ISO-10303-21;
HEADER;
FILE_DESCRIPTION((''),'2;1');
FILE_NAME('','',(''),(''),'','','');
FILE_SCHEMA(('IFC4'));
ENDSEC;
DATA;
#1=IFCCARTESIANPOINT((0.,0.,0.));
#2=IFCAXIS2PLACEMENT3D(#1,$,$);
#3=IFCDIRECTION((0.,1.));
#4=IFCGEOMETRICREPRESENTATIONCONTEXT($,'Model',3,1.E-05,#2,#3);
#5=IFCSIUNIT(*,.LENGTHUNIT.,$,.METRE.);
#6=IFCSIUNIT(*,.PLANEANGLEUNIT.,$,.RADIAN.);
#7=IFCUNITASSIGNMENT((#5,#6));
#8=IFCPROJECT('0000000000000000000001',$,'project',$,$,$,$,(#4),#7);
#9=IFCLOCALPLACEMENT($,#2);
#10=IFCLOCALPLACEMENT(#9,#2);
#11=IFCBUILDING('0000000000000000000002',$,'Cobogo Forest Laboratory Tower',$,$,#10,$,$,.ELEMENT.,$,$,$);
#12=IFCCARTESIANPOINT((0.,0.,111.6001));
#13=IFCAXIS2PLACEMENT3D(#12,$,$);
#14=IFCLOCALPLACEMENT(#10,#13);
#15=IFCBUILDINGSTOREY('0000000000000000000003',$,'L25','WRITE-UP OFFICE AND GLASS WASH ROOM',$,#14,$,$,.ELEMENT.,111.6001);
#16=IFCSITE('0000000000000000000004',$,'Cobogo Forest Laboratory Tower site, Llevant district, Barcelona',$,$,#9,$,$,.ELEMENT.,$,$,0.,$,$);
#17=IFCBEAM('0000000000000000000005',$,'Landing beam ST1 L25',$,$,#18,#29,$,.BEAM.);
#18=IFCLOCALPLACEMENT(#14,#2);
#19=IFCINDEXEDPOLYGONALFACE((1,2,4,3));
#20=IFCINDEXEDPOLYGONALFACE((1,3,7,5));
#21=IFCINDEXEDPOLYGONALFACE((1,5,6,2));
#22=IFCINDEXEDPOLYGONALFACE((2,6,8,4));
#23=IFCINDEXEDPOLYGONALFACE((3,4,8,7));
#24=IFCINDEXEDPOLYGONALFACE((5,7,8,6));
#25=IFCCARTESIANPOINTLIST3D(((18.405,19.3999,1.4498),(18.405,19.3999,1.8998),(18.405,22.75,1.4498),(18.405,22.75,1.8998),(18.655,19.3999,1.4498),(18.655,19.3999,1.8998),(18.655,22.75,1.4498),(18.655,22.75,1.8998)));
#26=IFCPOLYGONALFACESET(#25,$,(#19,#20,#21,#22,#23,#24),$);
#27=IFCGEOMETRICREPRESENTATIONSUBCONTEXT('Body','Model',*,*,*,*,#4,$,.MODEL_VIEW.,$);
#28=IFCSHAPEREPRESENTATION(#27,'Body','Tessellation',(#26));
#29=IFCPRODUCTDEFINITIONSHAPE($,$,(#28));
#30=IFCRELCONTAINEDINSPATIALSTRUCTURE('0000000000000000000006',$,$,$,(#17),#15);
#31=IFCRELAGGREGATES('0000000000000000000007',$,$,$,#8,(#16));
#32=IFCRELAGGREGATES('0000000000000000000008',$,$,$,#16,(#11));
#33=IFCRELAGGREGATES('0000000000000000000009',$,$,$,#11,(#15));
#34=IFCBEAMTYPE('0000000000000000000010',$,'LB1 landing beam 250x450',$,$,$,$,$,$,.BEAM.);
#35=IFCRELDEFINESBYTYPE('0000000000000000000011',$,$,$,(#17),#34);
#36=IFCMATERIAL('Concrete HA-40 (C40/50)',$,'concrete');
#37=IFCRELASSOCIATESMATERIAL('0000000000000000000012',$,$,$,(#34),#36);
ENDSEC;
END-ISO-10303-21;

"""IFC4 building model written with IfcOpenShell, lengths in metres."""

from ifc_helpers import new_model, si_unit, direction, frame, origin, origin_2d, place, context, subcontext, project, spatial, rectangle, extrude, material, material_profile, profile_set, type_object, element, save


model = new_model("IFC4")

# Units and contexts
model_context = context("Model", 3, precision=1e-05, world=origin(), true_north=direction((0.0, 1.0)))
body_context = subcontext(model_context, "Body", "Model", "MODEL_VIEW")
ifc_project = project(units=[si_unit("LENGTHUNIT", "METRE"), si_unit("PLANEANGLEUNIT", "RADIAN")], contexts=[model_context])

# Site, building, storey
site_placement = place(None, origin())
site = spatial("IfcSite", under=ifc_project, at=site_placement, Name="Cobogo Forest Laboratory Tower site, Llevant district, Barcelona", CompositionType="ELEMENT", RefElevation=0.0)
building_placement = place(site_placement, origin())
building = spatial("IfcBuilding", under=site, at=building_placement, Name="Cobogo Forest Laboratory Tower", CompositionType="ELEMENT")
storey_placement = place(building_placement, frame((0.0, 0.0, 111.6001)))
storey = spatial("IfcBuildingStorey", under=building, at=storey_placement, Name="L25", Description="WRITE-UP OFFICE AND GLASS WASH ROOM", CompositionType="ELEMENT", Elevation=111.6001)

# Beam
ifc_material_1 = material(Name="Concrete HA-40 (C40/50)", Category="concrete")
ifc_material_profile = material_profile(ifc_material_1, rectangle(XDim=0.25, YDim=0.45, at=origin_2d()), Name="RC 250x450")
ifc_profile_set = profile_set([ifc_material_profile], Name="Concrete HA-40 (C40/50)")
beam_type = type_object("IfcBeamType", Name="LB1 landing beam 250x450", PredefinedType="BEAM", material=ifc_profile_set)
beam_placement = place(storey_placement, frame((18.53, 19.3999, 1.6748), z_axis=(0.0, 1.0, 0.0), x_axis=(-1.0, 0.0, 0.0)))
element("IfcBeam", 1, at=beam_placement, inside=storey, type_object=beam_type, Name="Landing beam ST1 L25", PredefinedType="BEAM", context=body_context, shape_type="SweptSolid", body=[
    extrude(rectangle(XDim=0.25, YDim=0.45, at=origin_2d()), origin(), (0.0, 0.0, 1.0), 3.3501),
])

save(model, "model.ifc")
